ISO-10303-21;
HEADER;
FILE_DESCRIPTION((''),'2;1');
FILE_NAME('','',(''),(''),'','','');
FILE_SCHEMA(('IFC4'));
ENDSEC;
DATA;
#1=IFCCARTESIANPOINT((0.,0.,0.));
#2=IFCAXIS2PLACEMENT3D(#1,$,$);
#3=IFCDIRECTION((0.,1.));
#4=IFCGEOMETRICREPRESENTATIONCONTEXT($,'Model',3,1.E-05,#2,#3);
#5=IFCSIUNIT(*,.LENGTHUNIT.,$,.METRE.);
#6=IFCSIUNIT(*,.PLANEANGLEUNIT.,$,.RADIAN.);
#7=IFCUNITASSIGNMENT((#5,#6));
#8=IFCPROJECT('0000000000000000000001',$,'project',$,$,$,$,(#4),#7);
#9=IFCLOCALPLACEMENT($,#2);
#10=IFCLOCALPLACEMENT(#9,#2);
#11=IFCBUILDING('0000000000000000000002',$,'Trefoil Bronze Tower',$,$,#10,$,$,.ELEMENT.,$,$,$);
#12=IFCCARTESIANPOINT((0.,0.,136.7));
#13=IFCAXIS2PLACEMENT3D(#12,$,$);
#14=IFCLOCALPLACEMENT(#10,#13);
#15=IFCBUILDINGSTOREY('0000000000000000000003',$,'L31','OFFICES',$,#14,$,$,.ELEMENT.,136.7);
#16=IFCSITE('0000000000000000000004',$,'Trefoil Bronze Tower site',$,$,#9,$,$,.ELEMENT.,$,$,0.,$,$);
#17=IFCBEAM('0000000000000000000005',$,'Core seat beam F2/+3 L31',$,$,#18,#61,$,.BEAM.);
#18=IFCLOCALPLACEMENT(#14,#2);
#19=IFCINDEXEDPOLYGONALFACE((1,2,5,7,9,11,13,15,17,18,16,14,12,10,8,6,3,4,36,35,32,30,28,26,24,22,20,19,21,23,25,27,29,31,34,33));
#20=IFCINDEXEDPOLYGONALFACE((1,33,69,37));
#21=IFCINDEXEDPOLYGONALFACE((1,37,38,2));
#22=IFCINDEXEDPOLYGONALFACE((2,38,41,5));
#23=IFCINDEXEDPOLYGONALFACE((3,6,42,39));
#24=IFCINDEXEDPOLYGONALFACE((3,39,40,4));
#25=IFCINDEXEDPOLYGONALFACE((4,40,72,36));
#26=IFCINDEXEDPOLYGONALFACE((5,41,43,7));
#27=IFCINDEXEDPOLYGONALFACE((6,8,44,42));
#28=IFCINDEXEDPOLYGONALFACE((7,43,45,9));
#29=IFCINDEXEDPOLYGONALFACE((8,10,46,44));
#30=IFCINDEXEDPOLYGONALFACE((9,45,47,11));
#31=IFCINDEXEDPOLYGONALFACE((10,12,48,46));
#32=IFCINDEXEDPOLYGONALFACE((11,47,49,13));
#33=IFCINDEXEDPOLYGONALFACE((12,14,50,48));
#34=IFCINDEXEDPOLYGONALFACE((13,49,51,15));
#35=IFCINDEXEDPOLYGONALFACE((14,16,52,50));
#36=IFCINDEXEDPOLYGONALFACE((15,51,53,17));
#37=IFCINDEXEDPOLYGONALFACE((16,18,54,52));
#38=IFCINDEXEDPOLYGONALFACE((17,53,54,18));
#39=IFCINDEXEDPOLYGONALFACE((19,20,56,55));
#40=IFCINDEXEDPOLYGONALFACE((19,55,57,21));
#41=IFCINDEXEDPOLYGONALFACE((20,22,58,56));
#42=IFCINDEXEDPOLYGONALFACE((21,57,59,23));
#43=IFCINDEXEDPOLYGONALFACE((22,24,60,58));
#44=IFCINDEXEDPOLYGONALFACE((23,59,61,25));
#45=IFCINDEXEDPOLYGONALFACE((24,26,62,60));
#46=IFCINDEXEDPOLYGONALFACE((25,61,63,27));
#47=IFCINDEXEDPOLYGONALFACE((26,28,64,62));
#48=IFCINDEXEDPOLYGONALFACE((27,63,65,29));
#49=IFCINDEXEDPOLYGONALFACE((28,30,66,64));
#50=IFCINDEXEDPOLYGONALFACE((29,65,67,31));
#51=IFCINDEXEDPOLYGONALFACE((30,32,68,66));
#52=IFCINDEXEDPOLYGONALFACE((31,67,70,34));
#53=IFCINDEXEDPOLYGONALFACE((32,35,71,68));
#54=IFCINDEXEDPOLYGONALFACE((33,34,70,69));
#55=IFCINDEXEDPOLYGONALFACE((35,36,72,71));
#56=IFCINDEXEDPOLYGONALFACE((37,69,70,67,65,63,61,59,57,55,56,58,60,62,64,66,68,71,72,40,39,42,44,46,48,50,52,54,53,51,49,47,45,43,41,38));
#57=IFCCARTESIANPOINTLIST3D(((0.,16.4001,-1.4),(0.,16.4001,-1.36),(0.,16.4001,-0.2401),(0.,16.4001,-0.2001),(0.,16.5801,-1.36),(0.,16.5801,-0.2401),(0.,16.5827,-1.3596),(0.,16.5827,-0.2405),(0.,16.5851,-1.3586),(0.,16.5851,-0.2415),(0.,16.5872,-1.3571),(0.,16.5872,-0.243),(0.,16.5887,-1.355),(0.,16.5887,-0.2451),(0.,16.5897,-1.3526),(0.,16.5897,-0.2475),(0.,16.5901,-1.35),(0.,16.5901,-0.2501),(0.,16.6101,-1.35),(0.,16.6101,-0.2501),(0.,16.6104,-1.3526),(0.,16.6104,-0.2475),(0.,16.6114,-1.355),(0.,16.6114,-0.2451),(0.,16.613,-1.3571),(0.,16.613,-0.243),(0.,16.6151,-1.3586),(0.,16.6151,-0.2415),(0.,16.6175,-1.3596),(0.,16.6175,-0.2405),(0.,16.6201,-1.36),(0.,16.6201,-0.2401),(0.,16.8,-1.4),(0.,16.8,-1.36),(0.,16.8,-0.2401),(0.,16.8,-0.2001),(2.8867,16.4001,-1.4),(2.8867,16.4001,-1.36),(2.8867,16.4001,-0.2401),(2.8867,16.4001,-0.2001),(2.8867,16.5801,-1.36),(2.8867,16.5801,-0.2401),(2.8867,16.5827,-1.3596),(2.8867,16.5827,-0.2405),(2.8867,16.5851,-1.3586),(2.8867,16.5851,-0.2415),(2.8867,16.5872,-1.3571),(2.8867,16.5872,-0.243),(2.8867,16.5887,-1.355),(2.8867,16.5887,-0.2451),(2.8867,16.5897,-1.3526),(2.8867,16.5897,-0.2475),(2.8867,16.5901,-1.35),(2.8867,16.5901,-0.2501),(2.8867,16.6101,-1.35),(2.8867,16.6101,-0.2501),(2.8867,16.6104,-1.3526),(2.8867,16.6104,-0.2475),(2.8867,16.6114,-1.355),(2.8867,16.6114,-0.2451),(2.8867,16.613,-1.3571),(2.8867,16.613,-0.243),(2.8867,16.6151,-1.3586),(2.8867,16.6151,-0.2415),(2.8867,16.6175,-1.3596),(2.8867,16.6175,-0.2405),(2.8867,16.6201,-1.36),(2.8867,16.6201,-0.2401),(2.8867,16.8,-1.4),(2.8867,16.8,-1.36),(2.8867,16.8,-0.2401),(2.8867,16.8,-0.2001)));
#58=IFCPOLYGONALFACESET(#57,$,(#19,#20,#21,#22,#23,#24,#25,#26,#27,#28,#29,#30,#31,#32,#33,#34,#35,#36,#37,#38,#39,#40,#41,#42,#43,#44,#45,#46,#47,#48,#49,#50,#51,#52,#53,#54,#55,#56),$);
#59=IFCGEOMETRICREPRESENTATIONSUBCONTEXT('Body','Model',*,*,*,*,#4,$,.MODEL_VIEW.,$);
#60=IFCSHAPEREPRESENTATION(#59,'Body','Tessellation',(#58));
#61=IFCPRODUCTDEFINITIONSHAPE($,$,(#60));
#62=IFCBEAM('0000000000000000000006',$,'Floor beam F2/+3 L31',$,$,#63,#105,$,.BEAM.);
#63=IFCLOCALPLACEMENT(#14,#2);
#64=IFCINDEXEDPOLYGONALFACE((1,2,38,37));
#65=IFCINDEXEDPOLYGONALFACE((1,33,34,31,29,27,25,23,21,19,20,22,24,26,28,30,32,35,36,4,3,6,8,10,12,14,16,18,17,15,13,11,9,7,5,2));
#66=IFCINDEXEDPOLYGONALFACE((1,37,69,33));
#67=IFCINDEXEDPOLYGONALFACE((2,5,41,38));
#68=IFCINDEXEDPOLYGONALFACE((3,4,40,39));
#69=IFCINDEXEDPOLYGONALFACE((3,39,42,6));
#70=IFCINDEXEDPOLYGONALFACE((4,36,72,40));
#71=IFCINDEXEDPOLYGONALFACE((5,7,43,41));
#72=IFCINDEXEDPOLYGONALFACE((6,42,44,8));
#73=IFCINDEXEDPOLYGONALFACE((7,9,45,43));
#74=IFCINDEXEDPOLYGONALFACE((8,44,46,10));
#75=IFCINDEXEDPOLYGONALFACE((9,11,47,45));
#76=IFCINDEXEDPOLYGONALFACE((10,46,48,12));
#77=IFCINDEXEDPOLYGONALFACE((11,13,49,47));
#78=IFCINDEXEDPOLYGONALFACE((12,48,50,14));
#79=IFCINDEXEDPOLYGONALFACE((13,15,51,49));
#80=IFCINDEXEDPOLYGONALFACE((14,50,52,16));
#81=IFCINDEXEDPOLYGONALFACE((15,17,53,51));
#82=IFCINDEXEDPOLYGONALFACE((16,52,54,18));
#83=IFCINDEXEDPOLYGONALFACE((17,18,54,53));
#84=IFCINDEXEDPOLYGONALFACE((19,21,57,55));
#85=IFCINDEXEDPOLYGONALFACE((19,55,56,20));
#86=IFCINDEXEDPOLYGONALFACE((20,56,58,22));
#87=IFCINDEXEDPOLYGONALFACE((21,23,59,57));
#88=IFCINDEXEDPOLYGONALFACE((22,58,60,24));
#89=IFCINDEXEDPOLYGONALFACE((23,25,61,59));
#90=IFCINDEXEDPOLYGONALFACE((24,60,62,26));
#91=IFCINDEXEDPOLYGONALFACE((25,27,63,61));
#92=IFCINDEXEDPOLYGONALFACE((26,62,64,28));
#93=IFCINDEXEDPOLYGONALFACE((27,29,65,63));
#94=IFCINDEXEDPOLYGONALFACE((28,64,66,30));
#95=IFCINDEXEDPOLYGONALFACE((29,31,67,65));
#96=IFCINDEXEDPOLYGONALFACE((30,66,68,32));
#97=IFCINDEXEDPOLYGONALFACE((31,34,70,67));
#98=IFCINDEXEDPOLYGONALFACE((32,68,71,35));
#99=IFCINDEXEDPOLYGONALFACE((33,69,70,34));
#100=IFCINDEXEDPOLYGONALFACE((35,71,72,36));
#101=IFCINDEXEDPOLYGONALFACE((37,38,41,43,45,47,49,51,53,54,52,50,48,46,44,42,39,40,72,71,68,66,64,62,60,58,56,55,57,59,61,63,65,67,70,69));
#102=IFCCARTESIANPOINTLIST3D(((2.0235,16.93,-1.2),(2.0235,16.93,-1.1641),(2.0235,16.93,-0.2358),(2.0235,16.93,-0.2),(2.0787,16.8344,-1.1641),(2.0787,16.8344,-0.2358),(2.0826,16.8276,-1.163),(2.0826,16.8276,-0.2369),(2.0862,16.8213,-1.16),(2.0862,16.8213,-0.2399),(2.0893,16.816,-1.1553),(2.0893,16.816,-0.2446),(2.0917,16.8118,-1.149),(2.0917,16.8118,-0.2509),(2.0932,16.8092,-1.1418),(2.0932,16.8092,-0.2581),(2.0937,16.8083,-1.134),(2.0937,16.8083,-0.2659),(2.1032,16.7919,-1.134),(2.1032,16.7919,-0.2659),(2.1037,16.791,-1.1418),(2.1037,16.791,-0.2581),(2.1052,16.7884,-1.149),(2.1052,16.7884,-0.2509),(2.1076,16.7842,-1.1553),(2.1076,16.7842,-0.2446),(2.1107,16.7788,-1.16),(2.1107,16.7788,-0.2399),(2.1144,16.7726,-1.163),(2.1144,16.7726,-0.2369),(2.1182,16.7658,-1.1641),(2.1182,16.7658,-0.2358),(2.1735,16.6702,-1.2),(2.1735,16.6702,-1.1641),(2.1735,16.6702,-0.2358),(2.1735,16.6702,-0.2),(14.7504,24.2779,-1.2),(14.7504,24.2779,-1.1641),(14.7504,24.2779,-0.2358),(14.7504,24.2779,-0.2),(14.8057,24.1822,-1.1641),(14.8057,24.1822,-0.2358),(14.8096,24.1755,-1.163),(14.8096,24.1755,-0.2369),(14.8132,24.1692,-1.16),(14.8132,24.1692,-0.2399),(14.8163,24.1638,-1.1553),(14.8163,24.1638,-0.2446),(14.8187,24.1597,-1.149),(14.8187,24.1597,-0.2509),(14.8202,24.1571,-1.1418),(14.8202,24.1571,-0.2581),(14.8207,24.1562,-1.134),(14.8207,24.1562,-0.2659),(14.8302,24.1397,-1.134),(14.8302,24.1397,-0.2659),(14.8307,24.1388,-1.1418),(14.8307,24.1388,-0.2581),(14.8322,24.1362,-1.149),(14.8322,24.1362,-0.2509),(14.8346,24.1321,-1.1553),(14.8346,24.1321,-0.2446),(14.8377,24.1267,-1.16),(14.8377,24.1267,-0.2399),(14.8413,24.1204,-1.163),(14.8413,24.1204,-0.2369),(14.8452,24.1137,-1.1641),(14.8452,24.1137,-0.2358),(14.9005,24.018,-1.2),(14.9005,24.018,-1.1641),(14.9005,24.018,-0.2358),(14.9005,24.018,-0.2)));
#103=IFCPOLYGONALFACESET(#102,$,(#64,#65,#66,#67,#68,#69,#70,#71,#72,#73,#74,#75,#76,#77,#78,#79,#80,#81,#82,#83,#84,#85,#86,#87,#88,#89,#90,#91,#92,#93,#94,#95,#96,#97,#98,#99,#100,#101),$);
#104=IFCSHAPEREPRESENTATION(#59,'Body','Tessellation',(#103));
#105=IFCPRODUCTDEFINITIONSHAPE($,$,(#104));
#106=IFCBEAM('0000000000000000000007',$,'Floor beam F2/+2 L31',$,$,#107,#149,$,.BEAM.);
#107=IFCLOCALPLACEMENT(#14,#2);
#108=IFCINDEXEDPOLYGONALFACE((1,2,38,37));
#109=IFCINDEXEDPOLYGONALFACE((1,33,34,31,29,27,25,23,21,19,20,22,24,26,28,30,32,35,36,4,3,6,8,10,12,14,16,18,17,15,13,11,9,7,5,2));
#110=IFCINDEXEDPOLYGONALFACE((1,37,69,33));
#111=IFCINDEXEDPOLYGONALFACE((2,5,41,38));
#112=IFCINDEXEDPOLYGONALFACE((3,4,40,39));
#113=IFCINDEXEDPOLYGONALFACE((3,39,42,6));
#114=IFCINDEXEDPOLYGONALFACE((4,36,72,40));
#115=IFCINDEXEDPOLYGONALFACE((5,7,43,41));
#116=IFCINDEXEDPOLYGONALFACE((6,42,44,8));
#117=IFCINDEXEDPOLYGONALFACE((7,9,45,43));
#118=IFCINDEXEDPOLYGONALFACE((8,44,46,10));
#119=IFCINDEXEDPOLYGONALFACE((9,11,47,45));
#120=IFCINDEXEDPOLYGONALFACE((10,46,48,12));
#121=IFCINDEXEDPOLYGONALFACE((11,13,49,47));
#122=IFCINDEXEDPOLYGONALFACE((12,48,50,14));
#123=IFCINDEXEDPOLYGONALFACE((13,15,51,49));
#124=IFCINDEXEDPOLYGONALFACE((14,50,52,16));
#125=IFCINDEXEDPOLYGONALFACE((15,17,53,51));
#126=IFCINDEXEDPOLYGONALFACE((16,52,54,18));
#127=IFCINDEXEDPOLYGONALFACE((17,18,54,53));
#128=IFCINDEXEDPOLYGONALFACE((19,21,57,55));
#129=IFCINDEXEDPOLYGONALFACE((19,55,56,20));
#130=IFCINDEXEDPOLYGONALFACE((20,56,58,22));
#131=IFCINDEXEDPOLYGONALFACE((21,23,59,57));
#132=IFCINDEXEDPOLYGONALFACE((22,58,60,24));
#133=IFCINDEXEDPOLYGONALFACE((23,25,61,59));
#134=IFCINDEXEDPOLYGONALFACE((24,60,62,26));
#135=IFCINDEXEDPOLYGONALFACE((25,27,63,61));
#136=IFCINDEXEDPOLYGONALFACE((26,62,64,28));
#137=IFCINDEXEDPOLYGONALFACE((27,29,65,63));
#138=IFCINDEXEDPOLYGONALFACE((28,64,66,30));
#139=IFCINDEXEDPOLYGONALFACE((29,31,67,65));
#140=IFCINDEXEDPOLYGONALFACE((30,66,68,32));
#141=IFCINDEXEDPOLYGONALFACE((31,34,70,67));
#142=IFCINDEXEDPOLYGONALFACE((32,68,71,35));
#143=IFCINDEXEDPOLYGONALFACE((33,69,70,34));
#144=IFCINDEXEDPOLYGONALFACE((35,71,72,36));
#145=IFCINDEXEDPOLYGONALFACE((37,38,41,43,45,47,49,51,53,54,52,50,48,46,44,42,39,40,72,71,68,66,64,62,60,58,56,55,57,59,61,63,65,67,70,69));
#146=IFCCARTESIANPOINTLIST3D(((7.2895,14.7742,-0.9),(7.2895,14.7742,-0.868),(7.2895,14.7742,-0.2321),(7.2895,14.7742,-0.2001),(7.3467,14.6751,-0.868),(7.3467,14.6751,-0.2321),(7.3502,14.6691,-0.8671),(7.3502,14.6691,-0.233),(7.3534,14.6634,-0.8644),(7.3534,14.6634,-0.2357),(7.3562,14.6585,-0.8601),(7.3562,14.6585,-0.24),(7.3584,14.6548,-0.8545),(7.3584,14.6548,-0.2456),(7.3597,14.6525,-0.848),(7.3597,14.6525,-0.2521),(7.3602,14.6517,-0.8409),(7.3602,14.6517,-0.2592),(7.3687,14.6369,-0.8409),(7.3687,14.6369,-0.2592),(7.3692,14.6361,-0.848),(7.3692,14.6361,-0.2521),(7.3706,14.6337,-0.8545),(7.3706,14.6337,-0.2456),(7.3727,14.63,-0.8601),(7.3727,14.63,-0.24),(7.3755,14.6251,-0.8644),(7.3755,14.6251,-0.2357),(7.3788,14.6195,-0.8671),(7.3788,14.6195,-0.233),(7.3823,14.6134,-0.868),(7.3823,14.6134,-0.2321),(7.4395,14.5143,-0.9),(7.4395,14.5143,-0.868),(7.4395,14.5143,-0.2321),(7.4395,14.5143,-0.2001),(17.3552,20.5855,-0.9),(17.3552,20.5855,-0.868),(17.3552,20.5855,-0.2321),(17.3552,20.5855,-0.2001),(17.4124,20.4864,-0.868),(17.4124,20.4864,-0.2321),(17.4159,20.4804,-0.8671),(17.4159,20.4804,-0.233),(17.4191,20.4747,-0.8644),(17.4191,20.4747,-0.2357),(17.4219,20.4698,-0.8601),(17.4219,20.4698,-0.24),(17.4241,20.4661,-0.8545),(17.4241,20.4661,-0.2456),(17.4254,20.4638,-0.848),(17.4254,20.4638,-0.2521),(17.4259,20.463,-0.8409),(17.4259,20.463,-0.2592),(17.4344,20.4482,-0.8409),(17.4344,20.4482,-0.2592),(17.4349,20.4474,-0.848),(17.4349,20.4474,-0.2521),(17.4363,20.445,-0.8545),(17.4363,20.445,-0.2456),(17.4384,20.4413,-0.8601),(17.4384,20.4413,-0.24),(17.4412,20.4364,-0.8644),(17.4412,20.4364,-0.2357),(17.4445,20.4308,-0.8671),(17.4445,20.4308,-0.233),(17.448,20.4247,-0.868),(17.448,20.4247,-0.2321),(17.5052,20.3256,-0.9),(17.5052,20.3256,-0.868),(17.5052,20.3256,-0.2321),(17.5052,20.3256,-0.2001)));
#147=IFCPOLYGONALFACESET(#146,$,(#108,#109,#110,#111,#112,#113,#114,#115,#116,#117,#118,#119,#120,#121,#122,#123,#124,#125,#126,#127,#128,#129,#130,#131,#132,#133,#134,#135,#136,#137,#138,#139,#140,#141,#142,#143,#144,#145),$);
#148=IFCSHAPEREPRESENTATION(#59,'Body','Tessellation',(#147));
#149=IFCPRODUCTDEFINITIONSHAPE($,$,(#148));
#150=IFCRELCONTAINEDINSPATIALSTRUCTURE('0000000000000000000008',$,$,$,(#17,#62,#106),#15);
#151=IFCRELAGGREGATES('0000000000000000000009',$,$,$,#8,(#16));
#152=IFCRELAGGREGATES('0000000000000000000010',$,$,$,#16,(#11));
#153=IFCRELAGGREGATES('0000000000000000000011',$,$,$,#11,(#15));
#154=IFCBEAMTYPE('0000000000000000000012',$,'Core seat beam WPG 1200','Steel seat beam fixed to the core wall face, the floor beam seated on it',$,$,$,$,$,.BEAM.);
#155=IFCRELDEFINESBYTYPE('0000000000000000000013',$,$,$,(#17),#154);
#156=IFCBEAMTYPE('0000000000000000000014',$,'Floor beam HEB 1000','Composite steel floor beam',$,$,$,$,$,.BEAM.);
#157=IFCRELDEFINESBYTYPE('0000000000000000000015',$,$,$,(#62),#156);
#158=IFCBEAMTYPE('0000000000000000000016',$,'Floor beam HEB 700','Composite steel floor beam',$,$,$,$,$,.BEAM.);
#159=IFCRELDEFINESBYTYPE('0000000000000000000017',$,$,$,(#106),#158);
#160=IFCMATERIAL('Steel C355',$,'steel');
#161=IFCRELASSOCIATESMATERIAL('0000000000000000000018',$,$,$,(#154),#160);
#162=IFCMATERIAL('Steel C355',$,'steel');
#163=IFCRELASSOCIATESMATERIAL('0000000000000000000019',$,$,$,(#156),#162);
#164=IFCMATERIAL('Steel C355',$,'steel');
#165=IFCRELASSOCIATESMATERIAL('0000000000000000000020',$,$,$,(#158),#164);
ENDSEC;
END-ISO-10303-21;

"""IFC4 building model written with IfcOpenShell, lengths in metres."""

from ifc_helpers import new_model, si_unit, direction, frame, origin, origin_2d, place, context, subcontext, project, spatial, i_section, extrude, material, material_profile, profile_set, type_object, element, save


model = new_model("IFC4")

# Units and contexts
model_context = context("Model", 3, precision=1e-05, world=origin(), true_north=direction((0.0, 1.0)))
body_context = subcontext(model_context, "Body", "Model", "MODEL_VIEW")
ifc_project = project(units=[si_unit("LENGTHUNIT", "METRE"), si_unit("PLANEANGLEUNIT", "RADIAN")], contexts=[model_context])

# Site, building, storey
site_placement = place(None, origin())
site = spatial("IfcSite", under=ifc_project, at=site_placement, Name="Trefoil Bronze Tower site", CompositionType="ELEMENT", RefElevation=0.0)
building_placement = place(site_placement, origin())
building = spatial("IfcBuilding", under=site, at=building_placement, Name="Trefoil Bronze Tower", CompositionType="ELEMENT")
storey_placement = place(building_placement, frame((0.0, 0.0, 136.7)))
storey = spatial("IfcBuildingStorey", under=building, at=storey_placement, Name="L31", Description="OFFICES", CompositionType="ELEMENT", Elevation=136.7)

# Beams
ifc_material_1 = material(Name="Steel C355", Category="steel")
ifc_material_profile_1 = material_profile(ifc_material_1, i_section(OverallWidth=0.3999, OverallDepth=1.2, WebThickness=0.02, FlangeThickness=0.04, FilletRadius=0.01, at=origin_2d()), Name="WPG 1200")
ifc_profile_set_1 = profile_set([ifc_material_profile_1], Name="Steel C355")
beam_type_1 = type_object("IfcBeamType", Name="Core seat beam WPG 1200", Description="Steel seat beam fixed to the core wall face, the floor beam seated on it", PredefinedType="BEAM", material=ifc_profile_set_1)
beam_1_placement = place(storey_placement, frame((2.8867, 16.6001, -0.8), z_axis=(-1.0, 0.0, 0.0), x_axis=(0.0, -1.0, 0.0)))
element("IfcBeam", 1, at=beam_1_placement, inside=storey, type_object=beam_type_1, Name="Core seat beam F2/+3 L31", PredefinedType="BEAM", context=body_context, shape_type="SweptSolid", body=[
    extrude(i_section(OverallWidth=0.3999, OverallDepth=1.2, WebThickness=0.02, FlangeThickness=0.04, FilletRadius=0.01, at=origin_2d()), origin(), (0.0, 0.0, 1.0), 2.8867),
])
ifc_material_2 = material(Name="Steel C355", Category="steel")
ifc_material_profile_2 = material_profile(ifc_material_2, i_section(OverallWidth=0.3, OverallDepth=1.0, WebThickness=0.019, FlangeThickness=0.0359, FilletRadius=0.03, at=origin_2d()), Name="HEB 1000")
ifc_profile_set_2 = profile_set([ifc_material_profile_2], Name="Steel C355")
beam_type_2 = type_object("IfcBeamType", Name="Floor beam HEB 1000", Description="Composite steel floor beam", PredefinedType="BEAM", material=ifc_profile_set_2)
beam_2_placement = place(storey_placement, frame((14.8254, 24.1479, -0.7), z_axis=(-0.866027, -0.499997, 0.0), x_axis=(0.499997, -0.866027, 0.0)))
element("IfcBeam", 2, at=beam_2_placement, inside=storey, type_object=beam_type_2, Name="Floor beam F2/+3 L31", PredefinedType="BEAM", context=body_context, shape_type="SweptSolid", body=[
    extrude(i_section(OverallWidth=0.3, OverallDepth=1.0, WebThickness=0.019, FlangeThickness=0.0359, FilletRadius=0.03, at=origin_2d()), origin(), (0.0, 0.0, 1.0), 14.6958),
])
ifc_material_3 = material(Name="Steel C355", Category="steel")
ifc_material_profile_3 = material_profile(ifc_material_3, i_section(OverallWidth=0.3, OverallDepth=0.7, WebThickness=0.0171, FlangeThickness=0.032, FilletRadius=0.0271, at=origin_2d()), Name="HEB 700")
ifc_profile_set_3 = profile_set([ifc_material_profile_3], Name="Steel C355")
beam_type_3 = type_object("IfcBeamType", Name="Floor beam HEB 700", Description="Composite steel floor beam", PredefinedType="BEAM", material=ifc_profile_set_3)
beam_3_placement = place(storey_placement, frame((17.4302, 20.4556, -0.55), z_axis=(-0.866031, -0.499991, 0.0), x_axis=(0.499991, -0.866031, 0.0)))
element("IfcBeam", 3, at=beam_3_placement, inside=storey, type_object=beam_type_3, Name="Floor beam F2/+2 L31", PredefinedType="BEAM", context=body_context, shape_type="SweptSolid", body=[
    extrude(i_section(OverallWidth=0.3, OverallDepth=0.7, WebThickness=0.0171, FlangeThickness=0.032, FilletRadius=0.0271, at=origin_2d()), origin(), (0.0, 0.0, 1.0), 11.6228),
])

save(model, "model.ifc")
